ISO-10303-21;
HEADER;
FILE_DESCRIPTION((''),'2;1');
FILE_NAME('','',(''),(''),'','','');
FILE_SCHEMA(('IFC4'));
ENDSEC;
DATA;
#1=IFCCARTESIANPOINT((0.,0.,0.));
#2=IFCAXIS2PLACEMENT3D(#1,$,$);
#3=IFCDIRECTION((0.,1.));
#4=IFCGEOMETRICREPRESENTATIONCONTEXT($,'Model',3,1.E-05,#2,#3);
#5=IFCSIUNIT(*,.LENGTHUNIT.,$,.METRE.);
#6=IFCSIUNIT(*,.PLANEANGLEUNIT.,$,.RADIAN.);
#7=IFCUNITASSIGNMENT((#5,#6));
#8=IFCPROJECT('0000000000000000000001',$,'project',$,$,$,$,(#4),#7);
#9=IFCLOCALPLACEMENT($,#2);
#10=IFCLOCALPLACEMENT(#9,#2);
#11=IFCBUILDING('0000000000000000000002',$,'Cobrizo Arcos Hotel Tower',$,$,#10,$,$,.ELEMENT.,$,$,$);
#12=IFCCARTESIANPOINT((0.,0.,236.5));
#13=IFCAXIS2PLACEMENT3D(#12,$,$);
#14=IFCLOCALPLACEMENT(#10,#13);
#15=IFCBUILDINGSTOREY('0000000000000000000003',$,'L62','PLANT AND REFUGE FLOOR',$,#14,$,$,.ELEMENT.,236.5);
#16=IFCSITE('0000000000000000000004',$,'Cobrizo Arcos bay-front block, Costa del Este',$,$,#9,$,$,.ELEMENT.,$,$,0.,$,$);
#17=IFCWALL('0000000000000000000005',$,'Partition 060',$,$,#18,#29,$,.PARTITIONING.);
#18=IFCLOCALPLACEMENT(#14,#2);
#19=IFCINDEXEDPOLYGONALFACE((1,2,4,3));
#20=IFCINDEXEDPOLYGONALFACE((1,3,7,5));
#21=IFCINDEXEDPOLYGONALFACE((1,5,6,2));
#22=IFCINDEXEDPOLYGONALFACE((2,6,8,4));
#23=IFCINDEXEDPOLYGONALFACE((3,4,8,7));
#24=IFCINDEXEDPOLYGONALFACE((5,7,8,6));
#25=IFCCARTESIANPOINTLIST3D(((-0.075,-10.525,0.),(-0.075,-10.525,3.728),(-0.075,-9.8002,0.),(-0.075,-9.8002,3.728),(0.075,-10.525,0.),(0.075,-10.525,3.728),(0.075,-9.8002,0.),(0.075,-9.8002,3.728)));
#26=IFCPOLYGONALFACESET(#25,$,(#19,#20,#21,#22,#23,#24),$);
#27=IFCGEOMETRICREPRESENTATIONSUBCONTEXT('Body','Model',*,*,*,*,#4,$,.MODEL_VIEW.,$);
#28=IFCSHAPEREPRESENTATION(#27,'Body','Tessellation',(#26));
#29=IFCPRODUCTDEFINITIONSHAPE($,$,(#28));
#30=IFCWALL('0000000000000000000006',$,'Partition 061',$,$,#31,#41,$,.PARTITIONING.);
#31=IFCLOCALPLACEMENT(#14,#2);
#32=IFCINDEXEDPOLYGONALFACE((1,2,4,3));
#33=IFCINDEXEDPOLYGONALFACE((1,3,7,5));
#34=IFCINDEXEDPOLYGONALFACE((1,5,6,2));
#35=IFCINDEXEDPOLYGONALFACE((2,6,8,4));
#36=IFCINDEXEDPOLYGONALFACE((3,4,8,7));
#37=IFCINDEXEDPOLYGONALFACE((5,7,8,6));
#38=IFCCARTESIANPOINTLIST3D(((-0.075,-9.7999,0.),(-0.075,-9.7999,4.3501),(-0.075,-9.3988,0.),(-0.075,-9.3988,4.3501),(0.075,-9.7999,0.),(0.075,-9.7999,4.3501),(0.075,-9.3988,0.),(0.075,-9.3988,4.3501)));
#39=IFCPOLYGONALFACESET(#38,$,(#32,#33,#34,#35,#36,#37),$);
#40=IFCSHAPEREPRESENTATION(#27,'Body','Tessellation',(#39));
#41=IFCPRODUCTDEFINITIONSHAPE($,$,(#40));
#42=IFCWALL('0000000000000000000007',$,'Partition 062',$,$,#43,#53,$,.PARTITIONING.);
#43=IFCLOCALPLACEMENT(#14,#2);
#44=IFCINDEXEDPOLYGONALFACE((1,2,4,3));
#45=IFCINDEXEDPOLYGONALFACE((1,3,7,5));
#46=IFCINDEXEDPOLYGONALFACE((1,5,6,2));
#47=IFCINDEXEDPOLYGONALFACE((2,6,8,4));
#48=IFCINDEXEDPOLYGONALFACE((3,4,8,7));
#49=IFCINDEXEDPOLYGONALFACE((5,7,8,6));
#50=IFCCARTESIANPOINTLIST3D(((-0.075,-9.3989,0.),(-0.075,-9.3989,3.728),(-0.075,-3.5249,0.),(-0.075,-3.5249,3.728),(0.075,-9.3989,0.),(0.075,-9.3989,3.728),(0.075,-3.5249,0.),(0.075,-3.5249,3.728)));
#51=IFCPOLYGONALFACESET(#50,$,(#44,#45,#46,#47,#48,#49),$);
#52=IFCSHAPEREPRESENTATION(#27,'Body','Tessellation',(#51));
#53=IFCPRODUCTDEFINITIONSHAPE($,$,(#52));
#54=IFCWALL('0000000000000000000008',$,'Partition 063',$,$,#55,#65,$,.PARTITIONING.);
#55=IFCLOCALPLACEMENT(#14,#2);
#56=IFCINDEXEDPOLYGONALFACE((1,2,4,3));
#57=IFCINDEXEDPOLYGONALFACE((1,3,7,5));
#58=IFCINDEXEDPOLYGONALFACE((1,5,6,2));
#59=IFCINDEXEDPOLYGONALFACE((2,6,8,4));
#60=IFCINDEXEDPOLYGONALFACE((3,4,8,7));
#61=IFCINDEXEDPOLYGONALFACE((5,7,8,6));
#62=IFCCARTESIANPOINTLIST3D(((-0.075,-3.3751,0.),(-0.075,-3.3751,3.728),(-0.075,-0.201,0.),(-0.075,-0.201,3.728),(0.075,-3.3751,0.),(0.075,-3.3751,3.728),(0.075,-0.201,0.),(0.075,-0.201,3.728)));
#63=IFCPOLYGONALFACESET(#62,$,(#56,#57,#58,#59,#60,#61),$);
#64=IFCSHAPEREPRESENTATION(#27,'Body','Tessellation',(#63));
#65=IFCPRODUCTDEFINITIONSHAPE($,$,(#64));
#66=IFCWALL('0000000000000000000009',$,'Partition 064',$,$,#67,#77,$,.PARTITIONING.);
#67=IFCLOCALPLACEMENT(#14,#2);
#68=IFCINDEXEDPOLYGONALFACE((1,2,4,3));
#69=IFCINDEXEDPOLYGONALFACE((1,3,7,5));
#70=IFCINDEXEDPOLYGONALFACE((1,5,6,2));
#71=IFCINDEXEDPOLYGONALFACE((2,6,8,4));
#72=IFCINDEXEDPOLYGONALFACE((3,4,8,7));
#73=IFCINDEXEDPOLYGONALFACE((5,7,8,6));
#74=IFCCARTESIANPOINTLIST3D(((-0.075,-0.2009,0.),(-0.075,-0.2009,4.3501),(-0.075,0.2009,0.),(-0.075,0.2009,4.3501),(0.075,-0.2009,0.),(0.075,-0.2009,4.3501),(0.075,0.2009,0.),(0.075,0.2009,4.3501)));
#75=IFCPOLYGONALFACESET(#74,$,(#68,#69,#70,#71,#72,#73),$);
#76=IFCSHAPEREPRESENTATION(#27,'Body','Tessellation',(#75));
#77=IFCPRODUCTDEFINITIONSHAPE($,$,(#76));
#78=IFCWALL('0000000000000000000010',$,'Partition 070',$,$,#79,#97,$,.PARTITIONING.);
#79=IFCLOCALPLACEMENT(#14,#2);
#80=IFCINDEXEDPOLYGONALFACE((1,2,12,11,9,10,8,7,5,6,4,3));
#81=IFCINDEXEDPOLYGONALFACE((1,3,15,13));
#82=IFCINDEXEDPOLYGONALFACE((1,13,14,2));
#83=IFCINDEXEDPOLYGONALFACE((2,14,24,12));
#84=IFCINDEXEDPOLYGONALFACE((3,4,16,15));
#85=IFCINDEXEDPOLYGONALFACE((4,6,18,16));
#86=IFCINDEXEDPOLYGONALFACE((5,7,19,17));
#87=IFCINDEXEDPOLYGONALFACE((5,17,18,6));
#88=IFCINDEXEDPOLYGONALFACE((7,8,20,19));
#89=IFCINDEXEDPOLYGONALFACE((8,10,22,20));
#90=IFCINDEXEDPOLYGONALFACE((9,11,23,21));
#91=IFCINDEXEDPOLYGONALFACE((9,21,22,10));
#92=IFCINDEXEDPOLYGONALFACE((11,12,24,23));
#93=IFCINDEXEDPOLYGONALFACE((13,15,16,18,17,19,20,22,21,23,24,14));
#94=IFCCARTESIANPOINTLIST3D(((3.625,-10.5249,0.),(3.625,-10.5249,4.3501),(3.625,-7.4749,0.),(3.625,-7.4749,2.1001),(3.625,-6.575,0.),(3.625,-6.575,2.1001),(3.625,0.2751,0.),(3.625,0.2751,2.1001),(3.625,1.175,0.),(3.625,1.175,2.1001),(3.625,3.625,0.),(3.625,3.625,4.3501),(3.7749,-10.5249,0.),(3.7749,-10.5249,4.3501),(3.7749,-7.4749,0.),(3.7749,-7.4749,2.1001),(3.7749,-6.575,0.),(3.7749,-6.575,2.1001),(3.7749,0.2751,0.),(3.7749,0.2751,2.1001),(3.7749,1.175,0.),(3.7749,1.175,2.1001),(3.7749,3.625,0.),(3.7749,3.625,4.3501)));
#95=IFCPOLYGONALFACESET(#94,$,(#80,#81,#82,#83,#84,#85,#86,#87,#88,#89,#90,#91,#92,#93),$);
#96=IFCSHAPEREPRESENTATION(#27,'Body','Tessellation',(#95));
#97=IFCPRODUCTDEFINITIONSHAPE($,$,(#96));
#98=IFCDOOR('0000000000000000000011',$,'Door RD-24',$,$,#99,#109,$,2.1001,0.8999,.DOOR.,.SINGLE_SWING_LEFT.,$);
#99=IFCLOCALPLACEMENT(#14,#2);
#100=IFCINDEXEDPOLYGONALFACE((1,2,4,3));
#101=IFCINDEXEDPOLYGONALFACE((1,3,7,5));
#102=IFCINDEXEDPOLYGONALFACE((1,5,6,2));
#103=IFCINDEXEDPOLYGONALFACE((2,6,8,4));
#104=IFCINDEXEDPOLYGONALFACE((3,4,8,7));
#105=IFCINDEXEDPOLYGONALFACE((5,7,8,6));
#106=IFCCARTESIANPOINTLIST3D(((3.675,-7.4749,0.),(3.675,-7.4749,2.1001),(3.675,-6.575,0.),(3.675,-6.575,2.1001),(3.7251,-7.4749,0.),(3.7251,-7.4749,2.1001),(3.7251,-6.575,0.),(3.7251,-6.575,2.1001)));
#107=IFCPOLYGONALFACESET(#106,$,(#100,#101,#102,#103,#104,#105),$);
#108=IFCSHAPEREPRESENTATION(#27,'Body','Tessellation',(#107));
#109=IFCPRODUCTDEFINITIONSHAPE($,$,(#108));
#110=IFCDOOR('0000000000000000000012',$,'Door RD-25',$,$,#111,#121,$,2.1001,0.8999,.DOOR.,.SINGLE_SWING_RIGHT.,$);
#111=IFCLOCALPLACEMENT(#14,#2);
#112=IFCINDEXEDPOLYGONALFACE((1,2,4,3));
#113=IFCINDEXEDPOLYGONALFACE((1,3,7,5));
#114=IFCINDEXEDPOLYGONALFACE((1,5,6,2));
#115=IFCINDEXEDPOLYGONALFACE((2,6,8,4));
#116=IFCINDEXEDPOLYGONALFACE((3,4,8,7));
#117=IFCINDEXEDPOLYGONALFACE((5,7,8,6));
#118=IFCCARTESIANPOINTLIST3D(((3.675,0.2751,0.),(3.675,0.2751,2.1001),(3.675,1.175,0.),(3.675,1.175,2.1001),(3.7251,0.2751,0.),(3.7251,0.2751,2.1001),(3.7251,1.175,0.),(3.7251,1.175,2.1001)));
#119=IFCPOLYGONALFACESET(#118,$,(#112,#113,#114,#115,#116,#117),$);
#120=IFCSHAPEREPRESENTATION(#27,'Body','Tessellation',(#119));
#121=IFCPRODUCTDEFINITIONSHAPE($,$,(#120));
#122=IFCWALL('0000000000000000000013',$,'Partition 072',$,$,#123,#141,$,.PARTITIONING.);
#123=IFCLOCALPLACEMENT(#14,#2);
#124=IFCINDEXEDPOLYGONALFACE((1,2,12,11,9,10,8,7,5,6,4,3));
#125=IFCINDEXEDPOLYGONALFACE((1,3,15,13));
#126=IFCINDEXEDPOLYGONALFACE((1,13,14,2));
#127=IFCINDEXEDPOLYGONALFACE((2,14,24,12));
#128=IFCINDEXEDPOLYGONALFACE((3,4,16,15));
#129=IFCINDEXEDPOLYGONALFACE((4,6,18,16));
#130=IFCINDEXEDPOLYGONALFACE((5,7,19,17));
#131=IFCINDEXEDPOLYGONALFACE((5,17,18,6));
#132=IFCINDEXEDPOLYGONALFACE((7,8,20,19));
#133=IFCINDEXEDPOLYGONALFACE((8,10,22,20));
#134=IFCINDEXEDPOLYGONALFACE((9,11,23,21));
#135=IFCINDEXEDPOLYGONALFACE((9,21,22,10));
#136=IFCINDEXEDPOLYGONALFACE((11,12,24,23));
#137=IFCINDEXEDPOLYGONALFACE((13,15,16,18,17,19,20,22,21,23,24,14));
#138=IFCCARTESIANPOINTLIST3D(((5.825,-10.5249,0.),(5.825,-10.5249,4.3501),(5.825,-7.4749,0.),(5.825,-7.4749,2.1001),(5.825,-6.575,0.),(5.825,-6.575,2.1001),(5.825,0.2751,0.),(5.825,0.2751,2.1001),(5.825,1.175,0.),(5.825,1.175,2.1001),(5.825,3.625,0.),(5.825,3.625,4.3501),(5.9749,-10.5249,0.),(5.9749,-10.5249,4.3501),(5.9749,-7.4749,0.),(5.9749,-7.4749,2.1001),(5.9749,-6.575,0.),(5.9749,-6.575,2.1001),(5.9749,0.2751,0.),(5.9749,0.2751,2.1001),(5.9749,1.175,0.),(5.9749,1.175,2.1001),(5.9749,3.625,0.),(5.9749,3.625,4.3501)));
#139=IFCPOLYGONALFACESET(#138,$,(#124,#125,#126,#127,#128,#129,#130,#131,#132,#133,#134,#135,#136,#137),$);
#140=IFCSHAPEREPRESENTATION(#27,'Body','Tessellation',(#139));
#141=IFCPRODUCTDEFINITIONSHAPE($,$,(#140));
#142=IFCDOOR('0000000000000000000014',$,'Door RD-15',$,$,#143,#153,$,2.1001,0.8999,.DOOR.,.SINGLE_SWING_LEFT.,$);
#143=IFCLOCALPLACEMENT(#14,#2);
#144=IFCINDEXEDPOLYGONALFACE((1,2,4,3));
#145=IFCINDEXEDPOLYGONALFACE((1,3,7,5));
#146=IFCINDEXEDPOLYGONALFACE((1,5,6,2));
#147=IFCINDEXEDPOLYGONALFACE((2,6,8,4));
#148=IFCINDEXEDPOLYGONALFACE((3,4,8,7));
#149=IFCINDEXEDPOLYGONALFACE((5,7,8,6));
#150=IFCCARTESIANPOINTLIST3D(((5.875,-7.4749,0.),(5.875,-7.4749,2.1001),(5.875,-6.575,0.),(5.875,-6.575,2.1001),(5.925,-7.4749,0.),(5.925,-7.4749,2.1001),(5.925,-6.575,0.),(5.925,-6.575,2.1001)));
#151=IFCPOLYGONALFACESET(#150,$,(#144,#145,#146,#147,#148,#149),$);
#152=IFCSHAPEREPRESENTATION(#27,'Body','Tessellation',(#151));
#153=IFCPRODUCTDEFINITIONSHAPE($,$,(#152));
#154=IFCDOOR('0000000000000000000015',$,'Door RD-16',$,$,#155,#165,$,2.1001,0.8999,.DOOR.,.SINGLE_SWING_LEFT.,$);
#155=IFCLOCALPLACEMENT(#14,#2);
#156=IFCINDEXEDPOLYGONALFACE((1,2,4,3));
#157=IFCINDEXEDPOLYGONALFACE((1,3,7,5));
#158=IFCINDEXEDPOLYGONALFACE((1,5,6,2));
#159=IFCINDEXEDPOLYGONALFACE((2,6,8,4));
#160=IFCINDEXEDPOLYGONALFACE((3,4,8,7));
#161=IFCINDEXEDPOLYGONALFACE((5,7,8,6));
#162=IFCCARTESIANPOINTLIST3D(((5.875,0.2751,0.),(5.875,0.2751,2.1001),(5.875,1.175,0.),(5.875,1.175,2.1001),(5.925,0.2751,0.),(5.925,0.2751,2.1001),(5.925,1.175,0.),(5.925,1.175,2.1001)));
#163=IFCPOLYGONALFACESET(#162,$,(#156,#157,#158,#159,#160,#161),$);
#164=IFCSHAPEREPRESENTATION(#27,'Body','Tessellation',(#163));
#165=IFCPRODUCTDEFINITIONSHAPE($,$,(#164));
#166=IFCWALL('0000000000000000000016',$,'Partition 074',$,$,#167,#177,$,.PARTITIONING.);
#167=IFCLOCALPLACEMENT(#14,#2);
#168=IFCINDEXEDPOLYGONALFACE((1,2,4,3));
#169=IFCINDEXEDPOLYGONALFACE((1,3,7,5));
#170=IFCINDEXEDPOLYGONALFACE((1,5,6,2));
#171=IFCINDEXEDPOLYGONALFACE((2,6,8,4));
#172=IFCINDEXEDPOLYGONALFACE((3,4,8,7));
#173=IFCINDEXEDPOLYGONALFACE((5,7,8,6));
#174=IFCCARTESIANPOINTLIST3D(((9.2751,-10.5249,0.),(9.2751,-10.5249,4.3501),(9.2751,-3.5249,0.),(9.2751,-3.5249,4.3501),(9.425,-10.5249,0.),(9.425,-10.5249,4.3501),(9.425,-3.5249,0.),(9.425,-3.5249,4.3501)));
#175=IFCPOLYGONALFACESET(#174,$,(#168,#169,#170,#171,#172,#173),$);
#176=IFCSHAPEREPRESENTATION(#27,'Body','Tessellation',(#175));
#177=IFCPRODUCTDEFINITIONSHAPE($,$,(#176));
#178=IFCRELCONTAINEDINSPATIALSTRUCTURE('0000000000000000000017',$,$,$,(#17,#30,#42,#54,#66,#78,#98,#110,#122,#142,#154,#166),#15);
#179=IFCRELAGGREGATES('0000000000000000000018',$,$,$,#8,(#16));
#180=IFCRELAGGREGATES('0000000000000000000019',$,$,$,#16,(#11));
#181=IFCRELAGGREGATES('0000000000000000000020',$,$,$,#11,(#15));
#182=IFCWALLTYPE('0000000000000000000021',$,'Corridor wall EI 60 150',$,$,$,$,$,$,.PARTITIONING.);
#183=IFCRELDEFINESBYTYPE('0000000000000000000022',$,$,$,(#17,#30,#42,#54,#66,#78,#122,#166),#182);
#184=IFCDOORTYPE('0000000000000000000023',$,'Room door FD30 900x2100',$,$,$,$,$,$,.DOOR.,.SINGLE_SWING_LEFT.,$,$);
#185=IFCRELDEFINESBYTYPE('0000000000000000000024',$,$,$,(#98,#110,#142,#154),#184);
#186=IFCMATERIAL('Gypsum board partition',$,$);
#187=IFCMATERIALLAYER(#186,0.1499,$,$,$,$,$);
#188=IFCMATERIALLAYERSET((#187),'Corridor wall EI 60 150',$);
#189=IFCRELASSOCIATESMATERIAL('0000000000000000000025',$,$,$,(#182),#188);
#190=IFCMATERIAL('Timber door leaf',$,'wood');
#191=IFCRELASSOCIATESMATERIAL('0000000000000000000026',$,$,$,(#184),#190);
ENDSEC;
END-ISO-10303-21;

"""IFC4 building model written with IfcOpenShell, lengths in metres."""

from ifc_helpers import new_model, si_unit, direction, frame, frame_2d, origin, place, context, subcontext, project, spatial, rectangle, extrude, material, layer, layer_set, type_object, element, fill, save


model = new_model("IFC4")

# Units and contexts
model_context = context("Model", 3, precision=1e-05, world=origin(), true_north=direction((0.0, 1.0)))
body_context = subcontext(model_context, "Body", "Model", "MODEL_VIEW")
ifc_project = project(units=[si_unit("LENGTHUNIT", "METRE"), si_unit("PLANEANGLEUNIT", "RADIAN")], contexts=[model_context])

# Site, building, storey
site_placement = place(None, origin())
site = spatial("IfcSite", under=ifc_project, at=site_placement, Name="Cobrizo Arcos bay-front block, Costa del Este", CompositionType="ELEMENT", RefElevation=0.0)
building_placement = place(site_placement, origin())
building = spatial("IfcBuilding", under=site, at=building_placement, Name="Cobrizo Arcos Hotel Tower", CompositionType="ELEMENT")
storey_placement = place(building_placement, frame((0.0, 0.0, 236.5)))
storey = spatial("IfcBuildingStorey", under=building, at=storey_placement, Name="L62", Description="PLANT AND REFUGE FLOOR", CompositionType="ELEMENT", Elevation=236.5)

# Walls
ifc_material_1 = material(Name="Gypsum board partition")
ifc_layer_1 = layer(ifc_material_1, 0.1499)
ifc_layer_set_1 = layer_set([ifc_layer_1], Name="Corridor wall EI 60 150")
wall_type_1 = type_object("IfcWallType", Name="Corridor wall EI 60 150", PredefinedType="PARTITIONING", material=ifc_layer_set_1)
wall_1_placement = place(storey_placement, frame((0.0, -10.5249, 0.0), z_axis=(0.0, 0.0, 1.0), x_axis=(0.0, 1.0, 0.0)))
element("IfcWall", 1, at=wall_1_placement, inside=storey, type_object=wall_type_1, Name="Partition 060", PredefinedType="PARTITIONING", context=body_context, shape_type="SweptSolid", body=[
    extrude(rectangle(XDim=0.7249, YDim=0.1499, at=frame_2d((0.3623, 0.0))), origin(), (0.0, 0.0, 1.0), 3.728),
])
wall_2_placement = place(storey_placement, frame((0.0, -9.8, 0.0), z_axis=(0.0, 0.0, 1.0), x_axis=(0.0, 1.0, 0.0)))
element("IfcWall", 2, at=wall_2_placement, inside=storey, type_object=wall_type_1, Name="Partition 061", PredefinedType="PARTITIONING", context=body_context, shape_type="SweptSolid", body=[
    extrude(rectangle(XDim=0.4011, YDim=0.1499, at=frame_2d((0.2007, 0.0))), origin(), (0.0, 0.0, 1.0), 4.3501),
])
wall_3_placement = place(storey_placement, frame((0.0, -9.3989, 0.0), z_axis=(0.0, 0.0, 1.0), x_axis=(0.0, 1.0, 0.0)))
element("IfcWall", 3, at=wall_3_placement, inside=storey, type_object=wall_type_1, Name="Partition 062", PredefinedType="PARTITIONING", context=body_context, shape_type="SweptSolid", body=[
    extrude(rectangle(XDim=5.874, YDim=0.1499, at=frame_2d((2.937, 0.0))), origin(), (0.0, 0.0, 1.0), 3.728),
])
wall_4_placement = place(storey_placement, frame((0.0, -3.375, 0.0), z_axis=(0.0, 0.0, 1.0), x_axis=(0.0, 1.0, 0.0)))
element("IfcWall", 4, at=wall_4_placement, inside=storey, type_object=wall_type_1, Name="Partition 063", PredefinedType="PARTITIONING", context=body_context, shape_type="SweptSolid", body=[
    extrude(rectangle(XDim=3.1741, YDim=0.1499, at=frame_2d((1.5869, 0.0))), origin(), (0.0, 0.0, 1.0), 3.728),
])
wall_5_placement = place(storey_placement, frame((0.0, -0.2009, 0.0), z_axis=(0.0, 0.0, 1.0), x_axis=(0.0, 1.0, 0.0)))
element("IfcWall", 5, at=wall_5_placement, inside=storey, type_object=wall_type_1, Name="Partition 064", PredefinedType="PARTITIONING", context=body_context, shape_type="SweptSolid", body=[
    extrude(rectangle(XDim=0.4019, YDim=0.1499, at=frame_2d((0.2009, 0.0))), origin(), (0.0, 0.0, 1.0), 4.3501),
])

# Walls, openings, doors
wall_6_placement = place(storey_placement, frame((3.7, -10.5249, 0.0), z_axis=(0.0, 0.0, 1.0), x_axis=(0.0, 1.0, 0.0)))
wall_6 = element("IfcWall", 6, at=wall_6_placement, inside=storey, type_object=wall_type_1, Name="Partition 070", PredefinedType="PARTITIONING", context=body_context, shape_type="SweptSolid", body=[
    extrude(rectangle(XDim=14.1499, YDim=0.1499, at=frame_2d((7.075, 0.0))), origin(), (0.0, 0.0, 1.0), 4.3501),
])
opening_1_placement = place(wall_6_placement, frame((3.05, 0.0, 0.0)))
opening_1 = element("IfcOpeningElement", 7, at=opening_1_placement, cuts=wall_6, PredefinedType="OPENING", context=body_context, shape_type="SweptSolid", body=[
    extrude(rectangle(XDim=0.8999, YDim=2.1001, at=frame_2d((0.45, 1.05))), frame((0.0, 0.0869, 0.0), z_axis=(0.0, -1.0, 0.0), x_axis=(1.0, 0.0, 0.0)), (0.0, 0.0, 1.0), 0.1738),
])
opening_2_placement = place(wall_6_placement, frame((10.8, 0.0, 0.0)))
opening_2 = element("IfcOpeningElement", 8, at=opening_2_placement, cuts=wall_6, PredefinedType="OPENING", context=body_context, shape_type="SweptSolid", body=[
    extrude(rectangle(XDim=0.8999, YDim=2.1001, at=frame_2d((0.45, 1.05))), frame((0.0, 0.0869, 0.0), z_axis=(0.0, -1.0, 0.0), x_axis=(1.0, 0.0, 0.0)), (0.0, 0.0, 1.0), 0.1738),
])
ifc_material_2 = material(Name="Timber door leaf", Category="wood")
door_type_1 = type_object("IfcDoorType", Name="Room door FD30 900x2100", OperationType="SINGLE_SWING_LEFT", PredefinedType="DOOR", material=ifc_material_2)
door_1_placement = place(opening_1_placement, origin())
door_1 = element("IfcDoor", 9, at=door_1_placement, inside=storey, type_object=door_type_1, Name="Door RD-24", OperationType="SINGLE_SWING_LEFT", OverallHeight=2.1001, OverallWidth=0.8999, PredefinedType="DOOR", context=body_context, shape_type="SweptSolid", body=[
    extrude(rectangle(XDim=0.8999, YDim=2.1001, at=frame_2d((0.45, 1.05))), frame((0.0, 0.0249, 0.0), z_axis=(0.0, -1.0, 0.0), x_axis=(1.0, 0.0, 0.0)), (0.0, 0.0, 1.0), 0.05),
])
fill(opening_1, door_1)
door_2_placement = place(opening_2_placement, origin())
door_2 = element("IfcDoor", 10, at=door_2_placement, inside=storey, type_object=door_type_1, Name="Door RD-25", OperationType="SINGLE_SWING_RIGHT", OverallHeight=2.1001, OverallWidth=0.8999, PredefinedType="DOOR", context=body_context, shape_type="SweptSolid", body=[
    extrude(rectangle(XDim=0.8999, YDim=2.1001, at=frame_2d((0.45, 1.05))), frame((0.0, 0.0249, 0.0), z_axis=(0.0, -1.0, 0.0), x_axis=(1.0, 0.0, 0.0)), (0.0, 0.0, 1.0), 0.05),
])
fill(opening_2, door_2)
wall_7_placement = place(storey_placement, frame((5.8999, -10.5249, 0.0), z_axis=(0.0, 0.0, 1.0), x_axis=(0.0, 1.0, 0.0)))
wall_7 = element("IfcWall", 11, at=wall_7_placement, inside=storey, type_object=wall_type_1, Name="Partition 072", PredefinedType="PARTITIONING", context=body_context, shape_type="SweptSolid", body=[
    extrude(rectangle(XDim=14.1499, YDim=0.1499, at=frame_2d((7.075, 0.0))), origin(), (0.0, 0.0, 1.0), 4.3501),
])
opening_3_placement = place(wall_7_placement, frame((3.05, 0.0, 0.0)))
opening_3 = element("IfcOpeningElement", 12, at=opening_3_placement, cuts=wall_7, PredefinedType="OPENING", context=body_context, shape_type="SweptSolid", body=[
    extrude(rectangle(XDim=0.8999, YDim=2.1001, at=frame_2d((0.45, 1.05))), frame((0.0, 0.0869, 0.0), z_axis=(0.0, -1.0, 0.0), x_axis=(1.0, 0.0, 0.0)), (0.0, 0.0, 1.0), 0.1738),
])
opening_4_placement = place(wall_7_placement, frame((10.8, 0.0, 0.0)))
opening_4 = element("IfcOpeningElement", 13, at=opening_4_placement, cuts=wall_7, PredefinedType="OPENING", context=body_context, shape_type="SweptSolid", body=[
    extrude(rectangle(XDim=0.8999, YDim=2.1001, at=frame_2d((0.45, 1.05))), frame((0.0, 0.0869, 0.0), z_axis=(0.0, -1.0, 0.0), x_axis=(1.0, 0.0, 0.0)), (0.0, 0.0, 1.0), 0.1738),
])
door_3_placement = place(opening_3_placement, origin())
door_3 = element("IfcDoor", 14, at=door_3_placement, inside=storey, type_object=door_type_1, Name="Door RD-15", OperationType="SINGLE_SWING_LEFT", OverallHeight=2.1001, OverallWidth=0.8999, PredefinedType="DOOR", context=body_context, shape_type="SweptSolid", body=[
    extrude(rectangle(XDim=0.8999, YDim=2.1001, at=frame_2d((0.45, 1.05))), frame((0.0, 0.0249, 0.0), z_axis=(0.0, -1.0, 0.0), x_axis=(1.0, 0.0, 0.0)), (0.0, 0.0, 1.0), 0.05),
])
fill(opening_3, door_3)
door_4_placement = place(opening_4_placement, origin())
door_4 = element("IfcDoor", 15, at=door_4_placement, inside=storey, type_object=door_type_1, Name="Door RD-16", OperationType="SINGLE_SWING_LEFT", OverallHeight=2.1001, OverallWidth=0.8999, PredefinedType="DOOR", context=body_context, shape_type="SweptSolid", body=[
    extrude(rectangle(XDim=0.8999, YDim=2.1001, at=frame_2d((0.45, 1.05))), frame((0.0, 0.0249, 0.0), z_axis=(0.0, -1.0, 0.0), x_axis=(1.0, 0.0, 0.0)), (0.0, 0.0, 1.0), 0.05),
])
fill(opening_4, door_4)

# Wall
for number, where, z_axis, x_axis, name in (
    (16, (9.3501, -10.5249, 0.0), (0.0, 0.0, 1.0), (0.0, 1.0, 0.0), "Partition 074"),
):
    element("IfcWall", number, at=place(storey_placement, frame(where, z_axis=z_axis, x_axis=x_axis)), inside=storey, type_object=wall_type_1, Name=name, PredefinedType="PARTITIONING", context=body_context, shape_type="SweptSolid", body=[
        extrude(rectangle(XDim=7.0, YDim=0.1499, at=frame_2d((3.5, 0.0))), origin(), (0.0, 0.0, 1.0), 4.3501),
    ])

save(model, "model.ifc")
